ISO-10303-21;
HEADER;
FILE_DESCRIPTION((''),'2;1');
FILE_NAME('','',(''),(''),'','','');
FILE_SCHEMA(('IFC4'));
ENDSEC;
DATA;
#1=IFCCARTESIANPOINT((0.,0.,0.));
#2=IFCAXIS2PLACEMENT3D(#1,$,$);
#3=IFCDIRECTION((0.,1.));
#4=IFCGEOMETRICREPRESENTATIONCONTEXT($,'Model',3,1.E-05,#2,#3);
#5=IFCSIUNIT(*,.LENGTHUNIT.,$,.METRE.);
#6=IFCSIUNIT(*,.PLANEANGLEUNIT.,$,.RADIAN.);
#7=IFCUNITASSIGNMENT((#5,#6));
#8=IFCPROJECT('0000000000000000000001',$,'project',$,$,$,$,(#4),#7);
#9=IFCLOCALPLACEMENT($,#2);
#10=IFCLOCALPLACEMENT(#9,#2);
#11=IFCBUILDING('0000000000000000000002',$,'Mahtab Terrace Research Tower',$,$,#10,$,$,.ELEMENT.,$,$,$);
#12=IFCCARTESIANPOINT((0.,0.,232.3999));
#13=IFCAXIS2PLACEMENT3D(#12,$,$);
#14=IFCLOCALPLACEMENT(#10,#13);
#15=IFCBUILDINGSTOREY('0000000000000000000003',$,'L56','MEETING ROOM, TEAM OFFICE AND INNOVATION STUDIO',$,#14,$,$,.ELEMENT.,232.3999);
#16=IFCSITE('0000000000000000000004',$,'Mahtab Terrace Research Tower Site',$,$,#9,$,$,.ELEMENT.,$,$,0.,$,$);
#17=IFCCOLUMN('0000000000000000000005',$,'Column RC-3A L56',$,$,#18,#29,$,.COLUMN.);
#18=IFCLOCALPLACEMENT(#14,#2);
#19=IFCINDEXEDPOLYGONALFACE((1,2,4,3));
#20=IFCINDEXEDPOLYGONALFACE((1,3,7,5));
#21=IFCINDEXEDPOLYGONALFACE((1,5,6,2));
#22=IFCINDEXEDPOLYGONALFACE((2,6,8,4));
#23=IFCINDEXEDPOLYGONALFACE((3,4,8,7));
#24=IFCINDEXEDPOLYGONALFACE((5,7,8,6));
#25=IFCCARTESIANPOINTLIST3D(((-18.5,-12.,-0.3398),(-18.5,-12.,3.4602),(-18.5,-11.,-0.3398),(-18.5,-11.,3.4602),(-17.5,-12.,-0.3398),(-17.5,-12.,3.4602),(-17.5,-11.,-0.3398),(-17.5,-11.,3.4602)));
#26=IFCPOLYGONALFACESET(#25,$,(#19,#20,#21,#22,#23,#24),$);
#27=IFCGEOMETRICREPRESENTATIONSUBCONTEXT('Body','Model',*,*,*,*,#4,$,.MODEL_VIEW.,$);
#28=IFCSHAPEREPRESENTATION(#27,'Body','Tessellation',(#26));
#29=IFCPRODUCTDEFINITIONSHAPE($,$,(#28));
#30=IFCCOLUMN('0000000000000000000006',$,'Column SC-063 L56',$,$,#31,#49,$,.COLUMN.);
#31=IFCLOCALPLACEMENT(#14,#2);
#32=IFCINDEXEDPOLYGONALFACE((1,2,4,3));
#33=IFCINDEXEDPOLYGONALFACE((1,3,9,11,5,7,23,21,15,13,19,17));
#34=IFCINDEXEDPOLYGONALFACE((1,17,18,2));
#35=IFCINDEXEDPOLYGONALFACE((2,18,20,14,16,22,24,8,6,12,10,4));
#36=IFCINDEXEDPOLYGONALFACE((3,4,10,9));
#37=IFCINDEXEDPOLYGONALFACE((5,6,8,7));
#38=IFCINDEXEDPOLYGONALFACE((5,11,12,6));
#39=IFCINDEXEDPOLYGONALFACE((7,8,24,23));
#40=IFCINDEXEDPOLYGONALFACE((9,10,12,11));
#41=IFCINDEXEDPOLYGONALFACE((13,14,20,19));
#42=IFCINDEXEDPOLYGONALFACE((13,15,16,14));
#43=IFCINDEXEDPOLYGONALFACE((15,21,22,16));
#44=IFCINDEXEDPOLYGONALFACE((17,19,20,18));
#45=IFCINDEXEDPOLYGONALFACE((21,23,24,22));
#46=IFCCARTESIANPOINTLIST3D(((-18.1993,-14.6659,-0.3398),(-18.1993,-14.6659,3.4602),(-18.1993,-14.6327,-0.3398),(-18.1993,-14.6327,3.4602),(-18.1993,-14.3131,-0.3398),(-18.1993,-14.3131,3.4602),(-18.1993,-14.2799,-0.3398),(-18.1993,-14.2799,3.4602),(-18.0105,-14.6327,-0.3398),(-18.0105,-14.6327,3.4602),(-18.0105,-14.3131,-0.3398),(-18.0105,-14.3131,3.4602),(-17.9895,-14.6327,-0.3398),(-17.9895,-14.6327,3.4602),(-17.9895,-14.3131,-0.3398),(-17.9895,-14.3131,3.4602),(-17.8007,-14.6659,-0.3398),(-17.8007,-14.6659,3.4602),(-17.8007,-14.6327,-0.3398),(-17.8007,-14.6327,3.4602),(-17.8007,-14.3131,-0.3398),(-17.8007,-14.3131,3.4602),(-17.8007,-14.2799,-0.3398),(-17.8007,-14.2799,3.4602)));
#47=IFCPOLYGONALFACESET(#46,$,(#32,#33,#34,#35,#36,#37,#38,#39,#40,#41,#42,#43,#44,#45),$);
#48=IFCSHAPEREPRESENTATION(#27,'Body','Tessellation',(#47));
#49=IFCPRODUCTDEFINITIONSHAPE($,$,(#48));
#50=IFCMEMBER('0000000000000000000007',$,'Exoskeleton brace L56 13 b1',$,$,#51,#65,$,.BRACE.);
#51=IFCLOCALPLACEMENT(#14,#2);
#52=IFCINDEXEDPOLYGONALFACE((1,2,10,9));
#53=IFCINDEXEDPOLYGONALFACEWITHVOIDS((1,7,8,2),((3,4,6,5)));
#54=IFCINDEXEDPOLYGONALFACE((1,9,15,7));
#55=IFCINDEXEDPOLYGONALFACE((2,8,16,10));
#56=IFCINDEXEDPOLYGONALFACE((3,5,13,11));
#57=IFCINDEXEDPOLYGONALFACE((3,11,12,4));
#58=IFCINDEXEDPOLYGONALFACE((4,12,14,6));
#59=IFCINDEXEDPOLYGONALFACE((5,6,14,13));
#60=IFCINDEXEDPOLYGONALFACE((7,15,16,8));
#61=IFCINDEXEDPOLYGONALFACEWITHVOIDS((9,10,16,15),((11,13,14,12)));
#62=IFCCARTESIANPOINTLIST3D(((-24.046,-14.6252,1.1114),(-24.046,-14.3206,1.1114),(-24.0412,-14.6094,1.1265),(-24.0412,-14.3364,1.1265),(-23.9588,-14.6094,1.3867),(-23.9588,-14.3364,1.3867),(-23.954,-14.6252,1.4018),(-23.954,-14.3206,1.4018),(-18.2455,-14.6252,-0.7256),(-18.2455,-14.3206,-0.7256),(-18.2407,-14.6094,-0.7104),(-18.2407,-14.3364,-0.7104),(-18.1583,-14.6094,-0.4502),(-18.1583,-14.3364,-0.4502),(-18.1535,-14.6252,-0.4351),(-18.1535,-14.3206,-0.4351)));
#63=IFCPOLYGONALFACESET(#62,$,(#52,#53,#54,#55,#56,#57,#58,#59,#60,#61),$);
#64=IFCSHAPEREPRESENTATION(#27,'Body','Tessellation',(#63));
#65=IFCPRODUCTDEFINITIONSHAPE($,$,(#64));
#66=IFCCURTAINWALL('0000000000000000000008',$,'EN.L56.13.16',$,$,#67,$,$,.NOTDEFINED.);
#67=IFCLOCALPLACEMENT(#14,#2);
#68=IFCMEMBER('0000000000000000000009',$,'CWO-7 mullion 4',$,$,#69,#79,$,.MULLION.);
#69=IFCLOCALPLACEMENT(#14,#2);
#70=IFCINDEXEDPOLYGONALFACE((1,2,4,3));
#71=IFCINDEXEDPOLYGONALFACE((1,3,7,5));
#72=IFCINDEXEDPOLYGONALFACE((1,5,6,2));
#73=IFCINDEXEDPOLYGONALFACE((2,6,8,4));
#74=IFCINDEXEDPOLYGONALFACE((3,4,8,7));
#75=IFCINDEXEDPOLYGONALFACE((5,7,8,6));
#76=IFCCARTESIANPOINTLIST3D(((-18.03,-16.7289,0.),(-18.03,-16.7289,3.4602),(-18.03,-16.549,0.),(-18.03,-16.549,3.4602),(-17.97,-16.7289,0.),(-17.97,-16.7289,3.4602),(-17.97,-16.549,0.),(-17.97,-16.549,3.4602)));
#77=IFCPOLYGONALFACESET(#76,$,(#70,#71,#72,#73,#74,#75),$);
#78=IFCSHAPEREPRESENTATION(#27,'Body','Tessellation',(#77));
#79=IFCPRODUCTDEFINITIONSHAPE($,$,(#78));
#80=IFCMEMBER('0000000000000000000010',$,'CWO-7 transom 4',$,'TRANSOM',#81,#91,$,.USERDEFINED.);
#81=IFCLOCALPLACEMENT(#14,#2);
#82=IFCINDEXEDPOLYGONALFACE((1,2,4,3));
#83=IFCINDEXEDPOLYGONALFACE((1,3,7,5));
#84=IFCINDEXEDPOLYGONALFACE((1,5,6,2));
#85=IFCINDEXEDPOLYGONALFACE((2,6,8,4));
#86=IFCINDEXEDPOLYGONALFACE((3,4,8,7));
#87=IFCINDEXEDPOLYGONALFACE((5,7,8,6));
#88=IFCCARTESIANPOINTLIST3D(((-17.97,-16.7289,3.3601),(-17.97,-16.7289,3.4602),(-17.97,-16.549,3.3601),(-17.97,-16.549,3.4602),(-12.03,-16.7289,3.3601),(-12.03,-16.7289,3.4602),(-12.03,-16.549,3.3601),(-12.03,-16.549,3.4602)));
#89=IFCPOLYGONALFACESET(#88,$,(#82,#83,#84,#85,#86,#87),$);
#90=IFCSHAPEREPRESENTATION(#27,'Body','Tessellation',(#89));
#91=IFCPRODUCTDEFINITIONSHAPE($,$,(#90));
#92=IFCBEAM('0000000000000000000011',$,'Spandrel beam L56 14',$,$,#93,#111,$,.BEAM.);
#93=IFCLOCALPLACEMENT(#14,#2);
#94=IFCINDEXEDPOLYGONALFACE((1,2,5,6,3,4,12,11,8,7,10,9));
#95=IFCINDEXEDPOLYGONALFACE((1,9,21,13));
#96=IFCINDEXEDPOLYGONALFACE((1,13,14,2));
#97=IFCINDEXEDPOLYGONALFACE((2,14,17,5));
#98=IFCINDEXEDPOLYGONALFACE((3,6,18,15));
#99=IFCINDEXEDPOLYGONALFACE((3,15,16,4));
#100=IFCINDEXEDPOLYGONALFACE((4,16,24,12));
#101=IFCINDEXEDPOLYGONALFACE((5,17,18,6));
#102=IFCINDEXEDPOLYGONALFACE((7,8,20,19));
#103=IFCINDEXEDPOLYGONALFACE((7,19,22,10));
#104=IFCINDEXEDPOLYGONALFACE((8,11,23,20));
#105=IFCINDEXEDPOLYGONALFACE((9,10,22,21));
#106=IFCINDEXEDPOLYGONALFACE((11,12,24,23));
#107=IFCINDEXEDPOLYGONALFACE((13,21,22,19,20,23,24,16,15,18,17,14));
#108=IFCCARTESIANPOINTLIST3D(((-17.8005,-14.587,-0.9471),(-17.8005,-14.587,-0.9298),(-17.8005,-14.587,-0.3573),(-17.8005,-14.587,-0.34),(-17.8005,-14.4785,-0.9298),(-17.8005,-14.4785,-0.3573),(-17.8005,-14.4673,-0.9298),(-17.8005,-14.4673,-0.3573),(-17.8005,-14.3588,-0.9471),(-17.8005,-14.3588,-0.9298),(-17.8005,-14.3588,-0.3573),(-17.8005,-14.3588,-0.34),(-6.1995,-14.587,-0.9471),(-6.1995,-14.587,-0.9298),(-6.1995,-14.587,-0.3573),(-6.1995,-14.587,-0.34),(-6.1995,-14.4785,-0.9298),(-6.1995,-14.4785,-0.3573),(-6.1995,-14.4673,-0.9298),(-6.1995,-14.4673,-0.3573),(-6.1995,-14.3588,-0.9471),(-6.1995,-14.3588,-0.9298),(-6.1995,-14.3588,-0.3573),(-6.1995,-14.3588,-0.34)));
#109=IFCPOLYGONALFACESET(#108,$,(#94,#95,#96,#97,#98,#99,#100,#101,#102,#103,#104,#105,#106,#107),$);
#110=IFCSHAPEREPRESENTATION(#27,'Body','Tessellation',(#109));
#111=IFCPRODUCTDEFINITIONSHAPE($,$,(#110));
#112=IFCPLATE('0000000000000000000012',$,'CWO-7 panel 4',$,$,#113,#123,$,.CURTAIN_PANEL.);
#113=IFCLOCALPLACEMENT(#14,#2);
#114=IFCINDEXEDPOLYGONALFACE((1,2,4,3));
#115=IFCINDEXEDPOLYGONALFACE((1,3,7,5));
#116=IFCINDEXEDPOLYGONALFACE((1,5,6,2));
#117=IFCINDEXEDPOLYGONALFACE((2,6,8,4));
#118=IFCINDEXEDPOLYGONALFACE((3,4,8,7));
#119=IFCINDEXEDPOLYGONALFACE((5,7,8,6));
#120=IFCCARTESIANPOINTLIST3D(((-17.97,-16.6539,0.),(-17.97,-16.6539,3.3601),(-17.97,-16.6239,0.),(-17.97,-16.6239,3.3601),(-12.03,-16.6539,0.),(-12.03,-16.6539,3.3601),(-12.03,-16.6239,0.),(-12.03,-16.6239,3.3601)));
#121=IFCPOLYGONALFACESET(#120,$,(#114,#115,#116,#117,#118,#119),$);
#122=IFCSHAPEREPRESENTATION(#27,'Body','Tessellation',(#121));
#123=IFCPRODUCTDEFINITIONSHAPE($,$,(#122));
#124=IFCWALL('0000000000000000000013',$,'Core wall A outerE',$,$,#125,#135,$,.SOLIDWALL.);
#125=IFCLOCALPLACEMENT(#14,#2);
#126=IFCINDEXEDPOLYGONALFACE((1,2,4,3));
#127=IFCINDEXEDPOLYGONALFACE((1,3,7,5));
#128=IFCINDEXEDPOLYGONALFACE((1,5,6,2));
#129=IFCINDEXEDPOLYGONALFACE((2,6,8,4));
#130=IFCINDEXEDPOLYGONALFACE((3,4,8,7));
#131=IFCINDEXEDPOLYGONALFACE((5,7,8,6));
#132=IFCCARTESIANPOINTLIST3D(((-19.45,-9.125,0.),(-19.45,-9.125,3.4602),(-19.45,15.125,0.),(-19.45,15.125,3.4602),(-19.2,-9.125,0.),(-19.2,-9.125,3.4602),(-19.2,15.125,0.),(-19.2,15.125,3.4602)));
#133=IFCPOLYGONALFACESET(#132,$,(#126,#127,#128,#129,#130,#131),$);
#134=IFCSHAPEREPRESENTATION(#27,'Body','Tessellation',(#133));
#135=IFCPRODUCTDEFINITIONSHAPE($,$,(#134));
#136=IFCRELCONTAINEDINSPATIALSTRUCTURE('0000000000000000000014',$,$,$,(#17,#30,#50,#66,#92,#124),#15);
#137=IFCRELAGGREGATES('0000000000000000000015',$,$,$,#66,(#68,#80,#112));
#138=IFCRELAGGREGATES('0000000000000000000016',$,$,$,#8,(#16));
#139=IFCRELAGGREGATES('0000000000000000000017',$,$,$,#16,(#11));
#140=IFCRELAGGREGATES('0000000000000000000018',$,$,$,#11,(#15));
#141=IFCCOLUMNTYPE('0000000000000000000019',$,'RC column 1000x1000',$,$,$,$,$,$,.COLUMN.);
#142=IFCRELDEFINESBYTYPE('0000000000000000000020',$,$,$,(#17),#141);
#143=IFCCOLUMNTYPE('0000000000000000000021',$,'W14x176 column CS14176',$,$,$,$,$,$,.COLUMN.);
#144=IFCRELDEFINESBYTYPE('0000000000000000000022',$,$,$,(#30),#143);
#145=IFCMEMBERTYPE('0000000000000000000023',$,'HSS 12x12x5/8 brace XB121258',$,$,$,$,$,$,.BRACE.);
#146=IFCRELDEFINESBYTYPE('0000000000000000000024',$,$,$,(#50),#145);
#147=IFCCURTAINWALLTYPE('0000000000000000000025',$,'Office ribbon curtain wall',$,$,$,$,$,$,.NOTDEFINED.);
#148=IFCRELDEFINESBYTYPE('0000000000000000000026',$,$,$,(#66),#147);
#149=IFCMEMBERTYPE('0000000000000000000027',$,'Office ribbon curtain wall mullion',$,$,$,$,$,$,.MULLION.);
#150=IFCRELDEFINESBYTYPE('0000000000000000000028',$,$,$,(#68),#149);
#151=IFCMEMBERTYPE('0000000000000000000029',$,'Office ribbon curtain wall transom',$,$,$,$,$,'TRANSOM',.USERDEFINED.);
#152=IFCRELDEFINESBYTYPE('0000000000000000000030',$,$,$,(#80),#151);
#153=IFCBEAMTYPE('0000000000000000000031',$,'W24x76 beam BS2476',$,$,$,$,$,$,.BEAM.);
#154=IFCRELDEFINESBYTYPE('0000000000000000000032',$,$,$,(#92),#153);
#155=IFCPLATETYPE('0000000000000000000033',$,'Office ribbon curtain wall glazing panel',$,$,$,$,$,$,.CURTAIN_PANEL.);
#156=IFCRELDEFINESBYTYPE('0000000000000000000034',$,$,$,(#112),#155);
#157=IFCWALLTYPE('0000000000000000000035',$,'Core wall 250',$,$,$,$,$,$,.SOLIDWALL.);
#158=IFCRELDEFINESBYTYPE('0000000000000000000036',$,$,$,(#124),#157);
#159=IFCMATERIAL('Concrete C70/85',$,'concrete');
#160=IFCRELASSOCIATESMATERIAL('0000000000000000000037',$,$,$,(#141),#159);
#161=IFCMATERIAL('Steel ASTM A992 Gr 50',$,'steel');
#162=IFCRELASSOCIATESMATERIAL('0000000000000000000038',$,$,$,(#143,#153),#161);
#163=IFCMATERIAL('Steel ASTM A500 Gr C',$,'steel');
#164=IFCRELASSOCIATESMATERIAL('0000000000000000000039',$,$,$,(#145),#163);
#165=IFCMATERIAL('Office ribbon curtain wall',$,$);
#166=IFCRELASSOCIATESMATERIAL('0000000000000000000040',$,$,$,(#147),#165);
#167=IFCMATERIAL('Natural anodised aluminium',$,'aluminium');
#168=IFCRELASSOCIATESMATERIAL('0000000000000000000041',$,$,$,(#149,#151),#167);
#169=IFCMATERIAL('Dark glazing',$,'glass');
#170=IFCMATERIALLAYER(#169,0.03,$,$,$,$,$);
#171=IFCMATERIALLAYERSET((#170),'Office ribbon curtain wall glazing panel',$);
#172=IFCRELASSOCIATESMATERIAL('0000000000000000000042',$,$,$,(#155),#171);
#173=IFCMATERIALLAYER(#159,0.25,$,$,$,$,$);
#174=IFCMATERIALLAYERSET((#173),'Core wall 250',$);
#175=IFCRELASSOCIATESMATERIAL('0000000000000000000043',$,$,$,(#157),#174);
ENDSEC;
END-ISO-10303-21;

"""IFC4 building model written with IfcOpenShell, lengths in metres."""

from ifc_helpers import new_model, si_unit, direction, frame, frame_2d, origin, origin_2d, place, context, subcontext, project, spatial, rectangle, hollow_rectangle, i_section, extrude, material, layer, layer_set, material_profile, profile_set, type_object, element, aggregate, save


model = new_model("IFC4")

# Units and contexts
model_context = context("Model", 3, precision=1e-05, world=origin(), true_north=direction((0.0, 1.0)))
body_context = subcontext(model_context, "Body", "Model", "MODEL_VIEW")
ifc_project = project(units=[si_unit("LENGTHUNIT", "METRE"), si_unit("PLANEANGLEUNIT", "RADIAN")], contexts=[model_context])

# Site, building, storey
site_placement = place(None, origin())
site = spatial("IfcSite", under=ifc_project, at=site_placement, Name="Mahtab Terrace Research Tower Site", CompositionType="ELEMENT", RefElevation=0.0)
building_placement = place(site_placement, origin())
building = spatial("IfcBuilding", under=site, at=building_placement, Name="Mahtab Terrace Research Tower", CompositionType="ELEMENT")
storey_placement = place(building_placement, frame((0.0, 0.0, 232.3999)))
storey = spatial("IfcBuildingStorey", under=building, at=storey_placement, Name="L56", Description="MEETING ROOM, TEAM OFFICE AND INNOVATION STUDIO", CompositionType="ELEMENT", Elevation=232.3999)

# Columns
ifc_material_1 = material(Name="Concrete C70/85", Category="concrete")
ifc_material_profile_1 = material_profile(ifc_material_1, rectangle(XDim=1.0, YDim=1.0, at=origin_2d()), Name="RC column 1000x1000")
ifc_profile_set_1 = profile_set([ifc_material_profile_1], Name="Concrete C70/85")
column_type_1 = type_object("IfcColumnType", Name="RC column 1000x1000", PredefinedType="COLUMN", material=ifc_profile_set_1)
column_1_placement = place(storey_placement, frame((-18.0, -11.5, -0.3398), z_axis=(0.0, 0.0, 1.0), x_axis=(1.0, 0.0, 0.0)))
element("IfcColumn", 1, at=column_1_placement, inside=storey, type_object=column_type_1, Name="Column RC-3A L56", PredefinedType="COLUMN", context=body_context, shape_type="SweptSolid", body=[
    extrude(rectangle(XDim=1.0, YDim=1.0, at=origin_2d()), origin(), (0.0, 0.0, 1.0), 3.8),
])
ifc_material_2 = material(Name="Steel ASTM A992 Gr 50", Category="steel")
ifc_material_profile_2 = material_profile(ifc_material_2, i_section(OverallWidth=0.3987, OverallDepth=0.386, WebThickness=0.021, FlangeThickness=0.0332, at=origin_2d()), Name="W14X176")
ifc_profile_set_2 = profile_set([ifc_material_profile_2], Name="Steel ASTM A992 Gr 50")
column_type_2 = type_object("IfcColumnType", Name="W14x176 column CS14176", PredefinedType="COLUMN", material=ifc_profile_set_2)
column_2_placement = place(storey_placement, frame((-18.0, -14.4729, -0.3398), z_axis=(0.0, 0.0, 1.0), x_axis=(1.0, 0.0, 0.0)))
element("IfcColumn", 2, at=column_2_placement, inside=storey, type_object=column_type_2, Name="Column SC-063 L56", PredefinedType="COLUMN", context=body_context, shape_type="SweptSolid", body=[
    extrude(i_section(OverallWidth=0.3987, OverallDepth=0.386, WebThickness=0.021, FlangeThickness=0.0332, at=origin_2d()), origin(), (0.0, 0.0, 1.0), 3.8),
])

# Member
ifc_material_3 = material(Name="Steel ASTM A500 Gr C", Category="steel")
ifc_material_profile_3 = material_profile(ifc_material_3, hollow_rectangle(XDim=0.3047, YDim=0.3047, WallThickness=0.0159, at=origin_2d()), Name="HSS12X12X5/8")
ifc_profile_set_3 = profile_set([ifc_material_profile_3], Name="Steel ASTM A500 Gr C")
member_type_1 = type_object("IfcMemberType", Name="HSS 12x12x5/8 brace XB121258", PredefinedType="BRACE", material=ifc_profile_set_3)
member_1_placement = place(storey_placement, frame((-18.1995, -14.4729, -0.5803), z_axis=(-0.953339, 0.0, 0.301903), x_axis=(0.0, -1.0, 0.0)))
element("IfcMember", 3, at=member_1_placement, inside=storey, type_object=member_type_1, Name="Exoskeleton brace L56 13 b1", PredefinedType="BRACE", context=body_context, shape_type="SweptSolid", body=[
    extrude(hollow_rectangle(XDim=0.3047, YDim=0.3047, WallThickness=0.0159, at=origin_2d()), origin(), (0.0, 0.0, 1.0), 6.0845),
])

# Curtain wall, members
ifc_material_4 = material(Name="Office ribbon curtain wall")
curtain_wall_type = type_object("IfcCurtainWallType", Name="Office ribbon curtain wall", PredefinedType="NOTDEFINED", material=ifc_material_4)
curtain_wall_placement = place(storey_placement, origin())
curtain_wall = element("IfcCurtainWall", 4, at=curtain_wall_placement, inside=storey, type_object=curtain_wall_type, Name="EN.L56.13.16", PredefinedType="NOTDEFINED")
ifc_material_5 = material(Name="Natural anodised aluminium", Category="aluminium")
ifc_material_profile_4 = material_profile(ifc_material_5, rectangle(XDim=0.1799, YDim=0.0601, at=origin_2d()), Name="MULLION 60x180")
ifc_profile_set_4 = profile_set([ifc_material_profile_4], Name="Natural anodised aluminium")
member_type_2 = type_object("IfcMemberType", Name="Office ribbon curtain wall mullion", PredefinedType="MULLION", material=ifc_profile_set_4)
member_2_placement = place(storey_placement, frame((-18.0, -16.6389, 0.0), z_axis=(0.0, 0.0, 1.0), x_axis=(0.0, 1.0, 0.0)))
member_2 = element("IfcMember", 5, at=member_2_placement, type_object=member_type_2, Name="CWO-7 mullion 4", PredefinedType="MULLION", context=body_context, shape_type="SweptSolid", body=[
    extrude(rectangle(XDim=0.1799, YDim=0.0601, at=origin_2d()), origin(), (0.0, 0.0, 1.0), 3.4602),
])
ifc_material_profile_5 = material_profile(ifc_material_5, rectangle(XDim=0.1799, YDim=0.1001, at=origin_2d()), Name="TRANSOM 100x180")
ifc_profile_set_5 = profile_set([ifc_material_profile_5], Name="Natural anodised aluminium")
member_type_3 = type_object("IfcMemberType", Name="Office ribbon curtain wall transom", ElementType="TRANSOM", PredefinedType="USERDEFINED", material=ifc_profile_set_5)
member_3_placement = place(storey_placement, frame((-17.97, -16.6389, 3.4102), z_axis=(1.0, 0.0, 0.0), x_axis=(0.0, 1.0, 0.0)))
member_3 = element("IfcMember", 6, at=member_3_placement, type_object=member_type_3, Name="CWO-7 transom 4", ObjectType="TRANSOM", PredefinedType="USERDEFINED", context=body_context, shape_type="SweptSolid", body=[
    extrude(rectangle(XDim=0.1799, YDim=0.1001, at=origin_2d()), origin(), (0.0, 0.0, 1.0), 5.9399),
])

# Beam
ifc_material_profile_6 = material_profile(ifc_material_2, i_section(OverallWidth=0.2283, OverallDepth=0.6072, WebThickness=0.0112, FlangeThickness=0.0173, at=origin_2d()), Name="W24X76")
ifc_profile_set_6 = profile_set([ifc_material_profile_6], Name="Steel ASTM A992 Gr 50")
beam_type = type_object("IfcBeamType", Name="W24x76 beam BS2476", PredefinedType="BEAM", material=ifc_profile_set_6)
beam_placement = place(storey_placement, frame((-17.8005, -14.4729, -0.6436), z_axis=(1.0, 0.0, 0.0), x_axis=(0.0, 1.0, 0.0)))
element("IfcBeam", 7, at=beam_placement, inside=storey, type_object=beam_type, Name="Spandrel beam L56 14", PredefinedType="BEAM", context=body_context, shape_type="SweptSolid", body=[
    extrude(i_section(OverallWidth=0.2283, OverallDepth=0.6072, WebThickness=0.0112, FlangeThickness=0.0173, at=origin_2d()), origin(), (0.0, 0.0, 1.0), 11.6011),
])

# Plate
ifc_material_6 = material(Name="Dark glazing", Category="glass")
ifc_layer_1 = layer(ifc_material_6, 0.03)
ifc_layer_set_1 = layer_set([ifc_layer_1], Name="Office ribbon curtain wall glazing panel")
plate_type = type_object("IfcPlateType", Name="Office ribbon curtain wall glazing panel", PredefinedType="CURTAIN_PANEL", material=ifc_layer_set_1)
plate_placement = place(storey_placement, frame((-15.0, -16.6389, 0.0), z_axis=(0.0, 0.0, 1.0), x_axis=(1.0, 0.0, 0.0)))
plate = element("IfcPlate", 8, at=plate_placement, type_object=plate_type, Name="CWO-7 panel 4", PredefinedType="CURTAIN_PANEL", context=body_context, shape_type="SweptSolid", body=[
    extrude(rectangle(XDim=5.9399, YDim=0.03, at=origin_2d()), origin(), (0.0, 0.0, 1.0), 3.3601),
])
aggregate(curtain_wall, [member_2, member_3, plate])

# Wall
ifc_layer_2 = layer(ifc_material_1, 0.25)
ifc_layer_set_2 = layer_set([ifc_layer_2], Name="Core wall 250")
wall_type_1 = type_object("IfcWallType", Name="Core wall 250", PredefinedType="SOLIDWALL", material=ifc_layer_set_2)
wall_1_placement = place(storey_placement, frame((-19.325, -9.125, 0.0), z_axis=(0.0, 0.0, 1.0), x_axis=(0.0, 1.0, 0.0)))
element("IfcWall", 9, at=wall_1_placement, inside=storey, type_object=wall_type_1, Name="Core wall A outerE", PredefinedType="SOLIDWALL", context=body_context, shape_type="SweptSolid", body=[
    extrude(rectangle(XDim=24.25, YDim=0.25, at=frame_2d((12.125, 0.0))), origin(), (0.0, 0.0, 1.0), 3.4602),
])

save(model, "model.ifc")
